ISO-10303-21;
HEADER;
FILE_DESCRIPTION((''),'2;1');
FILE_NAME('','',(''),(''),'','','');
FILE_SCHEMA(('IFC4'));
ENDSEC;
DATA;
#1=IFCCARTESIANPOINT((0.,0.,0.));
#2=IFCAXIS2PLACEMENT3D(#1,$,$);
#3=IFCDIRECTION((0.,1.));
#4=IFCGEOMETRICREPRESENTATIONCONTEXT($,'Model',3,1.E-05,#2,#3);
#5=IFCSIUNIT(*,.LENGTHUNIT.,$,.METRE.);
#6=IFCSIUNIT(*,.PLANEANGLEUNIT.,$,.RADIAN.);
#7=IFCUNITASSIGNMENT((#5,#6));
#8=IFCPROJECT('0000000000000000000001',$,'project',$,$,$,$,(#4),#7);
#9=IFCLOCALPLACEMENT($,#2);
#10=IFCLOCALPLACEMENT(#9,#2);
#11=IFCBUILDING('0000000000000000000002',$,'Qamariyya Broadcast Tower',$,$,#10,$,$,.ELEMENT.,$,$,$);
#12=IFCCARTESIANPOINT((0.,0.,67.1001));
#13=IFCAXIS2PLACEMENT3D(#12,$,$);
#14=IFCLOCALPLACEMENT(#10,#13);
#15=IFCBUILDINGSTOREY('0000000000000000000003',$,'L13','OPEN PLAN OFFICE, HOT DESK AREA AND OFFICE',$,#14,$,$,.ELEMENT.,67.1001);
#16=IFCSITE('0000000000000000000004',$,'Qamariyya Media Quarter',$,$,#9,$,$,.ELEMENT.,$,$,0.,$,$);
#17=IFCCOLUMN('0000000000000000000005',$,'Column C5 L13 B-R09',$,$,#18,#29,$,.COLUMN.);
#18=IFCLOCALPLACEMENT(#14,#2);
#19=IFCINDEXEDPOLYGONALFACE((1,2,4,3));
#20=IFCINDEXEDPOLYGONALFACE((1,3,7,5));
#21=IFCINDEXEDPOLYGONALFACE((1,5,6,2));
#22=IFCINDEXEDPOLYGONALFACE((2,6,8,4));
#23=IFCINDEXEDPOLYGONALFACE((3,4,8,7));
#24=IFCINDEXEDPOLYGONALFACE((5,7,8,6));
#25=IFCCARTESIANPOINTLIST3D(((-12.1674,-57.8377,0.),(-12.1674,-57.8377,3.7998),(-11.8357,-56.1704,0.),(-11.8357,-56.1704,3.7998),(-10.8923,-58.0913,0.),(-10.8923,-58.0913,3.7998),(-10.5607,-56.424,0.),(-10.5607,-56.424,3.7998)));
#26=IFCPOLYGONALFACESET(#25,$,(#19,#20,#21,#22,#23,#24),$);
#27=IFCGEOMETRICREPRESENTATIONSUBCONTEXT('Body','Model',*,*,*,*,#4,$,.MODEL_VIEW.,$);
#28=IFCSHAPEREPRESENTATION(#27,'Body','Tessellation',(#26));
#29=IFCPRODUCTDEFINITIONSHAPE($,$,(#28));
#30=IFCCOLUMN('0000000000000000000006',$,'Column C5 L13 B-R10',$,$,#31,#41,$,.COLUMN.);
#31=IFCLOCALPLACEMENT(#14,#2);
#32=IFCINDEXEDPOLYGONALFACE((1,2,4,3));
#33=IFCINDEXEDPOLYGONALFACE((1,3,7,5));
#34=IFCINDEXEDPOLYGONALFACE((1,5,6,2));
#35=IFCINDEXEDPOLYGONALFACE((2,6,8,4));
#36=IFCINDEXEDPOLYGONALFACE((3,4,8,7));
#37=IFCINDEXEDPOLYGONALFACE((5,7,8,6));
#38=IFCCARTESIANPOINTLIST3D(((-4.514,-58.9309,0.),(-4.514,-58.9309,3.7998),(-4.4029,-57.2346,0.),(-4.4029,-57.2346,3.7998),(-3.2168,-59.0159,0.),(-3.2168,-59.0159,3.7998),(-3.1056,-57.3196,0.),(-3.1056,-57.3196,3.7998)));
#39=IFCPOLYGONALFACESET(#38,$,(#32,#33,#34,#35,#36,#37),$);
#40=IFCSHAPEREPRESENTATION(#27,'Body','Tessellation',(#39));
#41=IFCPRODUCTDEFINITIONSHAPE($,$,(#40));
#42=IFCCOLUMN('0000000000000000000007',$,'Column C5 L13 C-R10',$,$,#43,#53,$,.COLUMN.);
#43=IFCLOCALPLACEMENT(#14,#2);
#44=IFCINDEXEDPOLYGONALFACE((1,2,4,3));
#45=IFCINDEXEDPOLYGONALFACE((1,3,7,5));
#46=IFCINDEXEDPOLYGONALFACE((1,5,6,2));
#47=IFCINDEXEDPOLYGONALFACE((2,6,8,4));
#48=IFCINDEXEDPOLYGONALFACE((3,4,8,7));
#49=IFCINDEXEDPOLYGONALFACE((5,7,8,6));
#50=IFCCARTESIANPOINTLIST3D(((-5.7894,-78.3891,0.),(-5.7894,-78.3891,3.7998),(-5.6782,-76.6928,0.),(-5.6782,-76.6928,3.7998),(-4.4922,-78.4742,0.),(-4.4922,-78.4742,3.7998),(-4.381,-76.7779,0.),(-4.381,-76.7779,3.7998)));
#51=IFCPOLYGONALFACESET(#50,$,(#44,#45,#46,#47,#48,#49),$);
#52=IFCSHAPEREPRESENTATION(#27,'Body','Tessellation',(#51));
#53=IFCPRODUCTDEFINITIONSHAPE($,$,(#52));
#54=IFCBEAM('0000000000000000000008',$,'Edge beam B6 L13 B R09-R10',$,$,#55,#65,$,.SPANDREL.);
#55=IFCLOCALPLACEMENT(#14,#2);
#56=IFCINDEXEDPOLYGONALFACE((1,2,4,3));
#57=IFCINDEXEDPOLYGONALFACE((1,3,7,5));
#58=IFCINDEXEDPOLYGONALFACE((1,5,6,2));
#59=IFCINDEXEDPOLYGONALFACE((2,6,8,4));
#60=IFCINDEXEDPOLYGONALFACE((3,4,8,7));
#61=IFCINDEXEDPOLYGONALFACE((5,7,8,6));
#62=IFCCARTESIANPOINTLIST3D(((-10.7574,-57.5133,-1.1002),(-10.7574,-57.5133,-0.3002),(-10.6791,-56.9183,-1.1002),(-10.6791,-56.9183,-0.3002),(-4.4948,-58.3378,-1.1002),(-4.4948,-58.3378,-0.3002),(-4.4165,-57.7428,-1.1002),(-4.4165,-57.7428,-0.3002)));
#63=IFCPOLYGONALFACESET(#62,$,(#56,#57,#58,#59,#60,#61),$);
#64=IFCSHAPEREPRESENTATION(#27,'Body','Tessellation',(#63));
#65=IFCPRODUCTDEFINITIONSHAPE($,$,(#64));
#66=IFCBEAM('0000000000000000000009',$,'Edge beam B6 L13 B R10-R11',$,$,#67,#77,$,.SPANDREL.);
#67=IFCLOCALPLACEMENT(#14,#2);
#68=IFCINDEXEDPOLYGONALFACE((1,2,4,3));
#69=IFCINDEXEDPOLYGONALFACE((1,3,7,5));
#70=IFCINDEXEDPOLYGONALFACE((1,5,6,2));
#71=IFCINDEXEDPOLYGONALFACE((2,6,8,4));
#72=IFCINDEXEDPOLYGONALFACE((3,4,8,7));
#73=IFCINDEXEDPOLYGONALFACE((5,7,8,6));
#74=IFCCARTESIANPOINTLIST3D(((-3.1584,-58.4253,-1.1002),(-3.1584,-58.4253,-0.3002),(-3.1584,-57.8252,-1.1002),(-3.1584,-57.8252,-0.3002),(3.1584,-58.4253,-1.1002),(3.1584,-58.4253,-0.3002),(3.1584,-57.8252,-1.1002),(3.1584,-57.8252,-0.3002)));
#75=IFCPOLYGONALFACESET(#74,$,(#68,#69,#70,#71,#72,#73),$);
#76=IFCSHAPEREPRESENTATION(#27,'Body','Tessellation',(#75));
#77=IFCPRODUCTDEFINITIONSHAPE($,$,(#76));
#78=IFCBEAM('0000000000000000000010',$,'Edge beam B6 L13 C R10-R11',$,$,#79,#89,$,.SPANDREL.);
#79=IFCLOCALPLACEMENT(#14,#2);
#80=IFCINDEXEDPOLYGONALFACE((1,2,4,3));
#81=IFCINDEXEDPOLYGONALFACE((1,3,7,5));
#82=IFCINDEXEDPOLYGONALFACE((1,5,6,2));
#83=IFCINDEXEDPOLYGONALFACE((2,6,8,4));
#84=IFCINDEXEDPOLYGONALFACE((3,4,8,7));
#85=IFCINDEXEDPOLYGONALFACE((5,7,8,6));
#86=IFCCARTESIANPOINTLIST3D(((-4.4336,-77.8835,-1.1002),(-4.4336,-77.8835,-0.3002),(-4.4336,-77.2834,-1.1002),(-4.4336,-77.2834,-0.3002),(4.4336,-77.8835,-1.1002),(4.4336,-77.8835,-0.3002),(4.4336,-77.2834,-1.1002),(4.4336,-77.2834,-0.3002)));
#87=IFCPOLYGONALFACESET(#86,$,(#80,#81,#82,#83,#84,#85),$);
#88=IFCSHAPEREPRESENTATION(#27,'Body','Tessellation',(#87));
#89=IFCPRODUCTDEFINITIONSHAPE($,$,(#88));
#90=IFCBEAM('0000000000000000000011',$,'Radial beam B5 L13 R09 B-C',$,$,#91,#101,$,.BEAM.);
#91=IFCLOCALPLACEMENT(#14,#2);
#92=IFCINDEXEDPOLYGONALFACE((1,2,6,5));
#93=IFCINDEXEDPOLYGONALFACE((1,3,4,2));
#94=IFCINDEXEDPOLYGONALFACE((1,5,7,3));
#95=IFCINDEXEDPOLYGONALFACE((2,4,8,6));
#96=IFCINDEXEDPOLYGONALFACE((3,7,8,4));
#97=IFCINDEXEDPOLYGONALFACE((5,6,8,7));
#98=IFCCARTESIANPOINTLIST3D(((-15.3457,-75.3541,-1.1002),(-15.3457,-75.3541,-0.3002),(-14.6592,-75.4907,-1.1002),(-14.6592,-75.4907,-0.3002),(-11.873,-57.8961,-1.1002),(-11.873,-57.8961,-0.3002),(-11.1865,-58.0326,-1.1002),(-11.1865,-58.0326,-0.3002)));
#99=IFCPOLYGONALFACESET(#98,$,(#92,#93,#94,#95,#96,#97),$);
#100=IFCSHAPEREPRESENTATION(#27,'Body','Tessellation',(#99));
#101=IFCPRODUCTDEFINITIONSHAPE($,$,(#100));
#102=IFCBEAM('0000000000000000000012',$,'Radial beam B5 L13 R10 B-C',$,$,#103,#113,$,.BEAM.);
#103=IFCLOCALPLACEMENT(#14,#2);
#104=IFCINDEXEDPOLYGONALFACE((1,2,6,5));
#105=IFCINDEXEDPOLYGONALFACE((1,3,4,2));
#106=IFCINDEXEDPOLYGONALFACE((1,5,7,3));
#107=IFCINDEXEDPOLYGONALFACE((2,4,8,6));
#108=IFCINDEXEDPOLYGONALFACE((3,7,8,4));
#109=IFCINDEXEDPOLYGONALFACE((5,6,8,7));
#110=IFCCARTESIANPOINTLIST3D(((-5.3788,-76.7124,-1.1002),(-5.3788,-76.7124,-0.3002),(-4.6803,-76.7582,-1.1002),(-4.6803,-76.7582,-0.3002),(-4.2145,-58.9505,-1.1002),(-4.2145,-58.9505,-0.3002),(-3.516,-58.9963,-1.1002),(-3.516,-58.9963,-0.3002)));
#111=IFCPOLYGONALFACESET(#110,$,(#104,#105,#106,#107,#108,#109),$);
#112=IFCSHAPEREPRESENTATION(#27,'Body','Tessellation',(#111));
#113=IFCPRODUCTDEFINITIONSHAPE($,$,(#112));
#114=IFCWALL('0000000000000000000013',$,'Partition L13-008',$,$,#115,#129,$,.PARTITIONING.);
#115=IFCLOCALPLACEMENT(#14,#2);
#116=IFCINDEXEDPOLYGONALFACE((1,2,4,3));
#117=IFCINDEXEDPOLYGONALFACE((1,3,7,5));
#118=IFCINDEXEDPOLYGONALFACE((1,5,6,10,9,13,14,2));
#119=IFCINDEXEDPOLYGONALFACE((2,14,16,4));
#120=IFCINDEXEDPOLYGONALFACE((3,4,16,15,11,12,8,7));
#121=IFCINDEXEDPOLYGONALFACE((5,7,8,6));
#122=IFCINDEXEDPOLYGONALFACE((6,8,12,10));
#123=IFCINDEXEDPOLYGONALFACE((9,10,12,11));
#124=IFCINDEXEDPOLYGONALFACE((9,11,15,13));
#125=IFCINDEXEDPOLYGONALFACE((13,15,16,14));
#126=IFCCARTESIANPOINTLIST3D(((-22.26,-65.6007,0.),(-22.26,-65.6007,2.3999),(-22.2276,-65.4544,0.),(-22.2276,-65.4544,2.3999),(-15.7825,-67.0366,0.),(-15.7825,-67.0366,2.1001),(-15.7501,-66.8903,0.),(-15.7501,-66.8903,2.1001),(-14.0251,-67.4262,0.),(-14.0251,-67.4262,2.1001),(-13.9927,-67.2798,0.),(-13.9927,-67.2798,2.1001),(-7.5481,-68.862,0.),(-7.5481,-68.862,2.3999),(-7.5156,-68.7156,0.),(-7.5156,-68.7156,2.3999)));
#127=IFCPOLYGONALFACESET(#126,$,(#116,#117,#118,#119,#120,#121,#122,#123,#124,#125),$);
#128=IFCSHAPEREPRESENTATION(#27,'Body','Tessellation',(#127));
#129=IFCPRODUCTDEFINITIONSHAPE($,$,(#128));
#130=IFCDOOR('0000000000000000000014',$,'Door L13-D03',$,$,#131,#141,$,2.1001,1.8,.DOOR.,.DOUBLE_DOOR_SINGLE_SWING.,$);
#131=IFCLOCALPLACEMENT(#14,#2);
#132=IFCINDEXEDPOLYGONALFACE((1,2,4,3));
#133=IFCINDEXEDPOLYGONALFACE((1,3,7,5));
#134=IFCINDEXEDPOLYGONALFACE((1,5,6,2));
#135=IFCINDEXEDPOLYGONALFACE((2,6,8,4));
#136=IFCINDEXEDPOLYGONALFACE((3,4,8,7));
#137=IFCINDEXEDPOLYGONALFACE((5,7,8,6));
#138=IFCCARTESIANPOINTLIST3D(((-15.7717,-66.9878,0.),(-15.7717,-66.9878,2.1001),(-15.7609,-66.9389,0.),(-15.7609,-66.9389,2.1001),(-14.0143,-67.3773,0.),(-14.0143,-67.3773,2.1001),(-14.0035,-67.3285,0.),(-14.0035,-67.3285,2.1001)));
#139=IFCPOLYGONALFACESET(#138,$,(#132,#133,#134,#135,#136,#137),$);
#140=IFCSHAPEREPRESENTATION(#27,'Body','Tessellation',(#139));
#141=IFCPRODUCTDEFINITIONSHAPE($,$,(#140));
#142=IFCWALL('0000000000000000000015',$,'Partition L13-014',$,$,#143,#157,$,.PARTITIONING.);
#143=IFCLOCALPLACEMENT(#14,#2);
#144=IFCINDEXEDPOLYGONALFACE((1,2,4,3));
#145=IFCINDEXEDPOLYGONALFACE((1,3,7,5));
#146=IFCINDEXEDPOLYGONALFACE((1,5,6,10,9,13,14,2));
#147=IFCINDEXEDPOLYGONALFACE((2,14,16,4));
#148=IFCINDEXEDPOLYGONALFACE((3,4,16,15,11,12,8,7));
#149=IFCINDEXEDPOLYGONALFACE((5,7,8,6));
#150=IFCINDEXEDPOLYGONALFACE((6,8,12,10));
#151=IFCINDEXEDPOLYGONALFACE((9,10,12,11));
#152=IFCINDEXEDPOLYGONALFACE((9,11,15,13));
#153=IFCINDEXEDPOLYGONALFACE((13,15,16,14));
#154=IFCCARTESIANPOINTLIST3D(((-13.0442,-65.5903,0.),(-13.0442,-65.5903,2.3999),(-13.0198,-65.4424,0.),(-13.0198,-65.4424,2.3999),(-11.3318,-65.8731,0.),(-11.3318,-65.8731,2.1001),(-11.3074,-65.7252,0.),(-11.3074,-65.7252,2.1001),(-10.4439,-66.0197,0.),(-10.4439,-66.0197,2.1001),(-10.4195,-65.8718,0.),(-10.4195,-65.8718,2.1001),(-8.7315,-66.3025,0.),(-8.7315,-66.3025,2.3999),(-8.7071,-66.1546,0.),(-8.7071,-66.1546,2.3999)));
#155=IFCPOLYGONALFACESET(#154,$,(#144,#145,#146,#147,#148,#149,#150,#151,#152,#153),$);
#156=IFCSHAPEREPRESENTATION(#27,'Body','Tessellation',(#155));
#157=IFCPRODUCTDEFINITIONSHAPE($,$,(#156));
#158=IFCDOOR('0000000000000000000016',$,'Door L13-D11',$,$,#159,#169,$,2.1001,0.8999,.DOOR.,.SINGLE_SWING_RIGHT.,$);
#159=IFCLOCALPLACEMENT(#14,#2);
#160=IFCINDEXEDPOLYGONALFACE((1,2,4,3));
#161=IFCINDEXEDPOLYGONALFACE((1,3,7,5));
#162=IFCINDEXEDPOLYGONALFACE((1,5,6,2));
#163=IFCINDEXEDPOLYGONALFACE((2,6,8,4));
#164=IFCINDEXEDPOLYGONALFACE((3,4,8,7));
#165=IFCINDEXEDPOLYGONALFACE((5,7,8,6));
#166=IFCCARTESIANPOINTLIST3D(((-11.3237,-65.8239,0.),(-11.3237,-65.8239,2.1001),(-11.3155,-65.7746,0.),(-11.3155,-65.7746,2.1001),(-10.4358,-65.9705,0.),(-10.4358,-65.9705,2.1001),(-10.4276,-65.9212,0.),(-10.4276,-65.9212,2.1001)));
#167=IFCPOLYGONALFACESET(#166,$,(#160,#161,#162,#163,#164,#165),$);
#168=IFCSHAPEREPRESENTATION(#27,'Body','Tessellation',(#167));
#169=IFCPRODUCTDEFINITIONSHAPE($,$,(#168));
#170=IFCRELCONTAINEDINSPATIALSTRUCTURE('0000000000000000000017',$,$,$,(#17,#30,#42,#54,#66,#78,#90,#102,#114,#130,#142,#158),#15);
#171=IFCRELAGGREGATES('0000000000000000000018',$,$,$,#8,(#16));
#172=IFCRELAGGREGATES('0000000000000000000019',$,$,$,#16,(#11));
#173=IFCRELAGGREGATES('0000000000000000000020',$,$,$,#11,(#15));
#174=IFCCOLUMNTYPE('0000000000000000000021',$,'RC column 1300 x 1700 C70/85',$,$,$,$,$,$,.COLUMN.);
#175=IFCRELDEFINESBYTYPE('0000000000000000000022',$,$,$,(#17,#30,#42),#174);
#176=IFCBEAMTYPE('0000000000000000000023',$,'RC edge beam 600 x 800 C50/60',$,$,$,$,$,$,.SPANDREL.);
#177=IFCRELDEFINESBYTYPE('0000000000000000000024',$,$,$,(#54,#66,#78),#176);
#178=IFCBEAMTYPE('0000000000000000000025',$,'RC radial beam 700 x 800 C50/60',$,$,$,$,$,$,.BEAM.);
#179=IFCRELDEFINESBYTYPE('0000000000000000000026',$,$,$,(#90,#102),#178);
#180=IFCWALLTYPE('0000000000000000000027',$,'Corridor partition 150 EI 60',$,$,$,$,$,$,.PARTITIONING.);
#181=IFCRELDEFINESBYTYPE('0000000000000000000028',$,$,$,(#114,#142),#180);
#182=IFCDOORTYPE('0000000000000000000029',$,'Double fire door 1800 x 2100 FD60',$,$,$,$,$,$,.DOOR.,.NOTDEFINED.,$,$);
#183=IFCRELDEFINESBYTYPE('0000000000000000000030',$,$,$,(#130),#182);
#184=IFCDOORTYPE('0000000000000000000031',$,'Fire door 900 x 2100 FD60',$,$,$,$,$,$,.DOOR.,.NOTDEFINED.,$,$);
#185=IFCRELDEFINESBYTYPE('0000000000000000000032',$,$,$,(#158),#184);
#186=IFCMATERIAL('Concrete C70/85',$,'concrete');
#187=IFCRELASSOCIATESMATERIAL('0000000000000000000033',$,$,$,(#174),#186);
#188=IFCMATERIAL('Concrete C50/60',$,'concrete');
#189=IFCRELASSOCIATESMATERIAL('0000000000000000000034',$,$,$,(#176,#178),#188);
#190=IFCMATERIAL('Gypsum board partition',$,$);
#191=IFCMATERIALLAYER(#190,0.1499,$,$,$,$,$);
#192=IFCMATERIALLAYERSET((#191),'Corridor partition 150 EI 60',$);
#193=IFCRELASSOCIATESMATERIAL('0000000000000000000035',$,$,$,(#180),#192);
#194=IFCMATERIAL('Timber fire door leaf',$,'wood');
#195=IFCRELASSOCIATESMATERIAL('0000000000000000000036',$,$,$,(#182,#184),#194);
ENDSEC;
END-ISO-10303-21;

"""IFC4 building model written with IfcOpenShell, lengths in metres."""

from ifc_helpers import new_model, si_unit, direction, frame, frame_2d, origin, origin_2d, place, context, subcontext, project, spatial, rectangle, extrude, material, layer, layer_set, material_profile, profile_set, type_object, element, fill, save


model = new_model("IFC4")

# Units and contexts
model_context = context("Model", 3, precision=1e-05, world=origin(), true_north=direction((0.0, 1.0)))
body_context = subcontext(model_context, "Body", "Model", "MODEL_VIEW")
ifc_project = project(units=[si_unit("LENGTHUNIT", "METRE"), si_unit("PLANEANGLEUNIT", "RADIAN")], contexts=[model_context])

# Site, building, storey
site_placement = place(None, origin())
site = spatial("IfcSite", under=ifc_project, at=site_placement, Name="Qamariyya Media Quarter", CompositionType="ELEMENT", RefElevation=0.0)
building_placement = place(site_placement, origin())
building = spatial("IfcBuilding", under=site, at=building_placement, Name="Qamariyya Broadcast Tower", CompositionType="ELEMENT")
storey_placement = place(building_placement, frame((0.0, 0.0, 67.1001)))
storey = spatial("IfcBuildingStorey", under=building, at=storey_placement, Name="L13", Description="OPEN PLAN OFFICE, HOT DESK AREA AND OFFICE", CompositionType="ELEMENT", Elevation=67.1001)

# Columns
ifc_material_1 = material(Name="Concrete C70/85", Category="concrete")
ifc_material_profile_1 = material_profile(ifc_material_1, rectangle(XDim=1.3, YDim=1.7, at=origin_2d()))
ifc_profile_set_1 = profile_set([ifc_material_profile_1], Name="Concrete C70/85")
column_type = type_object("IfcColumnType", Name="RC column 1300 x 1700 C70/85", PredefinedType="COLUMN", material=ifc_profile_set_1)
for number, where, z_axis, x_axis, name in (
    (1, (-11.364, -57.1309, 0.0), (0.0, 0.0, 1.0), (0.980785, -0.19509, 0.0), "Column C5 L13 B-R09"),
    (2, (-3.8098, -58.1252, 0.0), (0.0, 0.0, 1.0), (0.997859, -0.065403, 0.0), "Column C5 L13 B-R10"),
    (3, (-5.0852, -77.5835, 0.0), (0.0, 0.0, 1.0), (0.997859, -0.065403, 0.0), "Column C5 L13 C-R10"),
):
    element("IfcColumn", number, at=place(storey_placement, frame(where, z_axis=z_axis, x_axis=x_axis)), inside=storey, type_object=column_type, Name=name, PredefinedType="COLUMN", context=body_context, shape_type="SweptSolid", body=[
        extrude(rectangle(XDim=1.3, YDim=1.7, at=origin_2d()), origin(), (0.0, 0.0, 1.0), 3.7998),
    ])

# Beams
ifc_material_2 = material(Name="Concrete C50/60", Category="concrete")
ifc_material_profile_2 = material_profile(ifc_material_2, rectangle(XDim=0.6001, YDim=0.8, at=origin_2d()))
ifc_profile_set_2 = profile_set([ifc_material_profile_2], Name="Concrete C50/60")
beam_type_1 = type_object("IfcBeamType", Name="RC edge beam 600 x 800 C50/60", PredefinedType="SPANDREL", material=ifc_profile_set_2)
beam_1_placement = place(storey_placement, frame((-10.7183, -57.2158, -0.7002), z_axis=(0.991446, -0.13052, 0.0), x_axis=(0.13052, 0.991446, 0.0)))
element("IfcBeam", 4, at=beam_1_placement, inside=storey, type_object=beam_type_1, Name="Edge beam B6 L13 B R09-R10", PredefinedType="SPANDREL", context=body_context, shape_type="SweptSolid", body=[
    extrude(rectangle(XDim=0.6001, YDim=0.8, at=origin_2d()), origin(), (0.0, 0.0, 1.0), 6.3167),
])
beam_2_placement = place(storey_placement, frame((-3.1584, -58.1252, -0.7002), z_axis=(1.0, 0.0, 0.0), x_axis=(0.0, 1.0, 0.0)))
element("IfcBeam", 5, at=beam_2_placement, inside=storey, type_object=beam_type_1, Name="Edge beam B6 L13 B R10-R11", PredefinedType="SPANDREL", context=body_context, shape_type="SweptSolid", body=[
    extrude(rectangle(XDim=0.6001, YDim=0.8, at=origin_2d()), origin(), (0.0, 0.0, 1.0), 6.3169),
])
beam_3_placement = place(storey_placement, frame((-4.4336, -77.5835, -0.7002), z_axis=(1.0, 0.0, 0.0), x_axis=(0.0, 1.0, 0.0)))
element("IfcBeam", 6, at=beam_3_placement, inside=storey, type_object=beam_type_1, Name="Edge beam B6 L13 C R10-R11", PredefinedType="SPANDREL", context=body_context, shape_type="SweptSolid", body=[
    extrude(rectangle(XDim=0.6001, YDim=0.8, at=origin_2d()), origin(), (0.0, 0.0, 1.0), 8.8672),
])
ifc_material_profile_3 = material_profile(ifc_material_2, rectangle(XDim=0.7, YDim=0.8, at=origin_2d()))
ifc_profile_set_3 = profile_set([ifc_material_profile_3], Name="Concrete C50/60")
beam_type_2 = type_object("IfcBeamType", Name="RC radial beam 700 x 800 C50/60", PredefinedType="BEAM", material=ifc_profile_set_3)
for number, where, z_axis, x_axis, name in (
    (7, (-11.5298, -57.9644, -0.7002), (-0.195093, -0.980785, 0.0), (0.980785, -0.195093, 0.0), "Radial beam B5 L13 R09 B-C"),
    (8, (-3.8652, -58.9734, -0.7002), (-0.06541, -0.997858, 0.0), (0.997858, -0.06541, 0.0), "Radial beam B5 L13 R10 B-C"),
):
    element("IfcBeam", number, at=place(storey_placement, frame(where, z_axis=z_axis, x_axis=x_axis)), inside=storey, type_object=beam_type_2, Name=name, PredefinedType="BEAM", context=body_context, shape_type="SweptSolid", body=[
        extrude(rectangle(XDim=0.7, YDim=0.8, at=origin_2d()), origin(), (0.0, 0.0, 1.0), 17.8),
    ])

# Walls, openings, doors
ifc_material_3 = material(Name="Gypsum board partition")
ifc_layer_1 = layer(ifc_material_3, 0.1499)
ifc_layer_set_1 = layer_set([ifc_layer_1], Name="Corridor partition 150 EI 60")
wall_type_1 = type_object("IfcWallType", Name="Corridor partition 150 EI 60", PredefinedType="PARTITIONING", material=ifc_layer_set_1)
wall_1_placement = place(storey_placement, frame((-7.5317, -68.7888, 0.0), z_axis=(0.0, 0.0, 1.0), x_axis=(-0.976301, 0.216419, 0.0)))
wall_1 = element("IfcWall", 9, at=wall_1_placement, inside=storey, type_object=wall_type_1, Name="Partition L13-008", PredefinedType="PARTITIONING", context=body_context, shape_type="SweptSolid", body=[
    extrude(rectangle(XDim=15.0691, YDim=0.1499, at=frame_2d((7.5347, 0.0))), origin(), (0.0, 0.0, 1.0), 2.3999),
])
opening_1_placement = place(wall_1_placement, frame((6.6345, 0.0, 0.0)))
opening_1 = element("IfcOpeningElement", 10, at=opening_1_placement, cuts=wall_1, PredefinedType="OPENING", context=body_context, shape_type="SweptSolid", body=[
    extrude(rectangle(XDim=1.8, YDim=2.1001, at=frame_2d((0.8999, 1.05))), frame((0.0, 0.085, 0.0), z_axis=(0.0, -1.0, 0.0), x_axis=(1.0, 0.0, 0.0)), (0.0, 0.0, 1.0), 0.1699),
])
ifc_material_4 = material(Name="Timber fire door leaf", Category="wood")
door_type_1 = type_object("IfcDoorType", Name="Double fire door 1800 x 2100 FD60", OperationType="NOTDEFINED", PredefinedType="DOOR", material=ifc_material_4)
door_1_placement = place(opening_1_placement, origin())
door_1 = element("IfcDoor", 11, at=door_1_placement, inside=storey, type_object=door_type_1, Name="Door L13-D03", OperationType="DOUBLE_DOOR_SINGLE_SWING", OverallHeight=2.1001, OverallWidth=1.8, PredefinedType="DOOR", context=body_context, shape_type="SweptSolid", body=[
    extrude(rectangle(XDim=1.8, YDim=2.1001, at=frame_2d((0.8999, 1.05))), frame((0.0, 0.0249, 0.0), z_axis=(0.0, -1.0, 0.0), x_axis=(1.0, 0.0, 0.0)), (0.0, 0.0, 1.0), 0.05),
])
fill(opening_1, door_1)
wall_2_placement = place(storey_placement, frame((-13.032, -65.5164, 0.0), z_axis=(0.0, 0.0, 1.0), x_axis=(0.986639, -0.162922, 0.0)))
wall_2 = element("IfcWall", 12, at=wall_2_placement, inside=storey, type_object=wall_type_1, Name="Partition L13-014", PredefinedType="PARTITIONING", context=body_context, shape_type="SweptSolid", body=[
    extrude(rectangle(XDim=4.3711, YDim=0.1499, at=frame_2d((2.1855, 0.0))), origin(), (0.0, 0.0, 1.0), 2.3999),
])
opening_2_placement = place(wall_2_placement, frame((1.7356, 0.0, 0.0)))
opening_2 = element("IfcOpeningElement", 13, at=opening_2_placement, cuts=wall_2, PredefinedType="OPENING", context=body_context, shape_type="SweptSolid", body=[
    extrude(rectangle(XDim=0.8999, YDim=2.1001, at=frame_2d((0.45, 1.05))), frame((0.0, 0.085, 0.0), z_axis=(0.0, -1.0, 0.0), x_axis=(1.0, 0.0, 0.0)), (0.0, 0.0, 1.0), 0.1699),
])
door_type_2 = type_object("IfcDoorType", Name="Fire door 900 x 2100 FD60", OperationType="NOTDEFINED", PredefinedType="DOOR", material=ifc_material_4)
door_2_placement = place(opening_2_placement, origin())
door_2 = element("IfcDoor", 14, at=door_2_placement, inside=storey, type_object=door_type_2, Name="Door L13-D11", OperationType="SINGLE_SWING_RIGHT", OverallHeight=2.1001, OverallWidth=0.8999, PredefinedType="DOOR", context=body_context, shape_type="SweptSolid", body=[
    extrude(rectangle(XDim=0.8999, YDim=2.1001, at=frame_2d((0.45, 1.05))), frame((0.0, 0.0249, 0.0), z_axis=(0.0, -1.0, 0.0), x_axis=(1.0, 0.0, 0.0)), (0.0, 0.0, 1.0), 0.05),
])
fill(opening_2, door_2)

save(model, "model.ifc")
